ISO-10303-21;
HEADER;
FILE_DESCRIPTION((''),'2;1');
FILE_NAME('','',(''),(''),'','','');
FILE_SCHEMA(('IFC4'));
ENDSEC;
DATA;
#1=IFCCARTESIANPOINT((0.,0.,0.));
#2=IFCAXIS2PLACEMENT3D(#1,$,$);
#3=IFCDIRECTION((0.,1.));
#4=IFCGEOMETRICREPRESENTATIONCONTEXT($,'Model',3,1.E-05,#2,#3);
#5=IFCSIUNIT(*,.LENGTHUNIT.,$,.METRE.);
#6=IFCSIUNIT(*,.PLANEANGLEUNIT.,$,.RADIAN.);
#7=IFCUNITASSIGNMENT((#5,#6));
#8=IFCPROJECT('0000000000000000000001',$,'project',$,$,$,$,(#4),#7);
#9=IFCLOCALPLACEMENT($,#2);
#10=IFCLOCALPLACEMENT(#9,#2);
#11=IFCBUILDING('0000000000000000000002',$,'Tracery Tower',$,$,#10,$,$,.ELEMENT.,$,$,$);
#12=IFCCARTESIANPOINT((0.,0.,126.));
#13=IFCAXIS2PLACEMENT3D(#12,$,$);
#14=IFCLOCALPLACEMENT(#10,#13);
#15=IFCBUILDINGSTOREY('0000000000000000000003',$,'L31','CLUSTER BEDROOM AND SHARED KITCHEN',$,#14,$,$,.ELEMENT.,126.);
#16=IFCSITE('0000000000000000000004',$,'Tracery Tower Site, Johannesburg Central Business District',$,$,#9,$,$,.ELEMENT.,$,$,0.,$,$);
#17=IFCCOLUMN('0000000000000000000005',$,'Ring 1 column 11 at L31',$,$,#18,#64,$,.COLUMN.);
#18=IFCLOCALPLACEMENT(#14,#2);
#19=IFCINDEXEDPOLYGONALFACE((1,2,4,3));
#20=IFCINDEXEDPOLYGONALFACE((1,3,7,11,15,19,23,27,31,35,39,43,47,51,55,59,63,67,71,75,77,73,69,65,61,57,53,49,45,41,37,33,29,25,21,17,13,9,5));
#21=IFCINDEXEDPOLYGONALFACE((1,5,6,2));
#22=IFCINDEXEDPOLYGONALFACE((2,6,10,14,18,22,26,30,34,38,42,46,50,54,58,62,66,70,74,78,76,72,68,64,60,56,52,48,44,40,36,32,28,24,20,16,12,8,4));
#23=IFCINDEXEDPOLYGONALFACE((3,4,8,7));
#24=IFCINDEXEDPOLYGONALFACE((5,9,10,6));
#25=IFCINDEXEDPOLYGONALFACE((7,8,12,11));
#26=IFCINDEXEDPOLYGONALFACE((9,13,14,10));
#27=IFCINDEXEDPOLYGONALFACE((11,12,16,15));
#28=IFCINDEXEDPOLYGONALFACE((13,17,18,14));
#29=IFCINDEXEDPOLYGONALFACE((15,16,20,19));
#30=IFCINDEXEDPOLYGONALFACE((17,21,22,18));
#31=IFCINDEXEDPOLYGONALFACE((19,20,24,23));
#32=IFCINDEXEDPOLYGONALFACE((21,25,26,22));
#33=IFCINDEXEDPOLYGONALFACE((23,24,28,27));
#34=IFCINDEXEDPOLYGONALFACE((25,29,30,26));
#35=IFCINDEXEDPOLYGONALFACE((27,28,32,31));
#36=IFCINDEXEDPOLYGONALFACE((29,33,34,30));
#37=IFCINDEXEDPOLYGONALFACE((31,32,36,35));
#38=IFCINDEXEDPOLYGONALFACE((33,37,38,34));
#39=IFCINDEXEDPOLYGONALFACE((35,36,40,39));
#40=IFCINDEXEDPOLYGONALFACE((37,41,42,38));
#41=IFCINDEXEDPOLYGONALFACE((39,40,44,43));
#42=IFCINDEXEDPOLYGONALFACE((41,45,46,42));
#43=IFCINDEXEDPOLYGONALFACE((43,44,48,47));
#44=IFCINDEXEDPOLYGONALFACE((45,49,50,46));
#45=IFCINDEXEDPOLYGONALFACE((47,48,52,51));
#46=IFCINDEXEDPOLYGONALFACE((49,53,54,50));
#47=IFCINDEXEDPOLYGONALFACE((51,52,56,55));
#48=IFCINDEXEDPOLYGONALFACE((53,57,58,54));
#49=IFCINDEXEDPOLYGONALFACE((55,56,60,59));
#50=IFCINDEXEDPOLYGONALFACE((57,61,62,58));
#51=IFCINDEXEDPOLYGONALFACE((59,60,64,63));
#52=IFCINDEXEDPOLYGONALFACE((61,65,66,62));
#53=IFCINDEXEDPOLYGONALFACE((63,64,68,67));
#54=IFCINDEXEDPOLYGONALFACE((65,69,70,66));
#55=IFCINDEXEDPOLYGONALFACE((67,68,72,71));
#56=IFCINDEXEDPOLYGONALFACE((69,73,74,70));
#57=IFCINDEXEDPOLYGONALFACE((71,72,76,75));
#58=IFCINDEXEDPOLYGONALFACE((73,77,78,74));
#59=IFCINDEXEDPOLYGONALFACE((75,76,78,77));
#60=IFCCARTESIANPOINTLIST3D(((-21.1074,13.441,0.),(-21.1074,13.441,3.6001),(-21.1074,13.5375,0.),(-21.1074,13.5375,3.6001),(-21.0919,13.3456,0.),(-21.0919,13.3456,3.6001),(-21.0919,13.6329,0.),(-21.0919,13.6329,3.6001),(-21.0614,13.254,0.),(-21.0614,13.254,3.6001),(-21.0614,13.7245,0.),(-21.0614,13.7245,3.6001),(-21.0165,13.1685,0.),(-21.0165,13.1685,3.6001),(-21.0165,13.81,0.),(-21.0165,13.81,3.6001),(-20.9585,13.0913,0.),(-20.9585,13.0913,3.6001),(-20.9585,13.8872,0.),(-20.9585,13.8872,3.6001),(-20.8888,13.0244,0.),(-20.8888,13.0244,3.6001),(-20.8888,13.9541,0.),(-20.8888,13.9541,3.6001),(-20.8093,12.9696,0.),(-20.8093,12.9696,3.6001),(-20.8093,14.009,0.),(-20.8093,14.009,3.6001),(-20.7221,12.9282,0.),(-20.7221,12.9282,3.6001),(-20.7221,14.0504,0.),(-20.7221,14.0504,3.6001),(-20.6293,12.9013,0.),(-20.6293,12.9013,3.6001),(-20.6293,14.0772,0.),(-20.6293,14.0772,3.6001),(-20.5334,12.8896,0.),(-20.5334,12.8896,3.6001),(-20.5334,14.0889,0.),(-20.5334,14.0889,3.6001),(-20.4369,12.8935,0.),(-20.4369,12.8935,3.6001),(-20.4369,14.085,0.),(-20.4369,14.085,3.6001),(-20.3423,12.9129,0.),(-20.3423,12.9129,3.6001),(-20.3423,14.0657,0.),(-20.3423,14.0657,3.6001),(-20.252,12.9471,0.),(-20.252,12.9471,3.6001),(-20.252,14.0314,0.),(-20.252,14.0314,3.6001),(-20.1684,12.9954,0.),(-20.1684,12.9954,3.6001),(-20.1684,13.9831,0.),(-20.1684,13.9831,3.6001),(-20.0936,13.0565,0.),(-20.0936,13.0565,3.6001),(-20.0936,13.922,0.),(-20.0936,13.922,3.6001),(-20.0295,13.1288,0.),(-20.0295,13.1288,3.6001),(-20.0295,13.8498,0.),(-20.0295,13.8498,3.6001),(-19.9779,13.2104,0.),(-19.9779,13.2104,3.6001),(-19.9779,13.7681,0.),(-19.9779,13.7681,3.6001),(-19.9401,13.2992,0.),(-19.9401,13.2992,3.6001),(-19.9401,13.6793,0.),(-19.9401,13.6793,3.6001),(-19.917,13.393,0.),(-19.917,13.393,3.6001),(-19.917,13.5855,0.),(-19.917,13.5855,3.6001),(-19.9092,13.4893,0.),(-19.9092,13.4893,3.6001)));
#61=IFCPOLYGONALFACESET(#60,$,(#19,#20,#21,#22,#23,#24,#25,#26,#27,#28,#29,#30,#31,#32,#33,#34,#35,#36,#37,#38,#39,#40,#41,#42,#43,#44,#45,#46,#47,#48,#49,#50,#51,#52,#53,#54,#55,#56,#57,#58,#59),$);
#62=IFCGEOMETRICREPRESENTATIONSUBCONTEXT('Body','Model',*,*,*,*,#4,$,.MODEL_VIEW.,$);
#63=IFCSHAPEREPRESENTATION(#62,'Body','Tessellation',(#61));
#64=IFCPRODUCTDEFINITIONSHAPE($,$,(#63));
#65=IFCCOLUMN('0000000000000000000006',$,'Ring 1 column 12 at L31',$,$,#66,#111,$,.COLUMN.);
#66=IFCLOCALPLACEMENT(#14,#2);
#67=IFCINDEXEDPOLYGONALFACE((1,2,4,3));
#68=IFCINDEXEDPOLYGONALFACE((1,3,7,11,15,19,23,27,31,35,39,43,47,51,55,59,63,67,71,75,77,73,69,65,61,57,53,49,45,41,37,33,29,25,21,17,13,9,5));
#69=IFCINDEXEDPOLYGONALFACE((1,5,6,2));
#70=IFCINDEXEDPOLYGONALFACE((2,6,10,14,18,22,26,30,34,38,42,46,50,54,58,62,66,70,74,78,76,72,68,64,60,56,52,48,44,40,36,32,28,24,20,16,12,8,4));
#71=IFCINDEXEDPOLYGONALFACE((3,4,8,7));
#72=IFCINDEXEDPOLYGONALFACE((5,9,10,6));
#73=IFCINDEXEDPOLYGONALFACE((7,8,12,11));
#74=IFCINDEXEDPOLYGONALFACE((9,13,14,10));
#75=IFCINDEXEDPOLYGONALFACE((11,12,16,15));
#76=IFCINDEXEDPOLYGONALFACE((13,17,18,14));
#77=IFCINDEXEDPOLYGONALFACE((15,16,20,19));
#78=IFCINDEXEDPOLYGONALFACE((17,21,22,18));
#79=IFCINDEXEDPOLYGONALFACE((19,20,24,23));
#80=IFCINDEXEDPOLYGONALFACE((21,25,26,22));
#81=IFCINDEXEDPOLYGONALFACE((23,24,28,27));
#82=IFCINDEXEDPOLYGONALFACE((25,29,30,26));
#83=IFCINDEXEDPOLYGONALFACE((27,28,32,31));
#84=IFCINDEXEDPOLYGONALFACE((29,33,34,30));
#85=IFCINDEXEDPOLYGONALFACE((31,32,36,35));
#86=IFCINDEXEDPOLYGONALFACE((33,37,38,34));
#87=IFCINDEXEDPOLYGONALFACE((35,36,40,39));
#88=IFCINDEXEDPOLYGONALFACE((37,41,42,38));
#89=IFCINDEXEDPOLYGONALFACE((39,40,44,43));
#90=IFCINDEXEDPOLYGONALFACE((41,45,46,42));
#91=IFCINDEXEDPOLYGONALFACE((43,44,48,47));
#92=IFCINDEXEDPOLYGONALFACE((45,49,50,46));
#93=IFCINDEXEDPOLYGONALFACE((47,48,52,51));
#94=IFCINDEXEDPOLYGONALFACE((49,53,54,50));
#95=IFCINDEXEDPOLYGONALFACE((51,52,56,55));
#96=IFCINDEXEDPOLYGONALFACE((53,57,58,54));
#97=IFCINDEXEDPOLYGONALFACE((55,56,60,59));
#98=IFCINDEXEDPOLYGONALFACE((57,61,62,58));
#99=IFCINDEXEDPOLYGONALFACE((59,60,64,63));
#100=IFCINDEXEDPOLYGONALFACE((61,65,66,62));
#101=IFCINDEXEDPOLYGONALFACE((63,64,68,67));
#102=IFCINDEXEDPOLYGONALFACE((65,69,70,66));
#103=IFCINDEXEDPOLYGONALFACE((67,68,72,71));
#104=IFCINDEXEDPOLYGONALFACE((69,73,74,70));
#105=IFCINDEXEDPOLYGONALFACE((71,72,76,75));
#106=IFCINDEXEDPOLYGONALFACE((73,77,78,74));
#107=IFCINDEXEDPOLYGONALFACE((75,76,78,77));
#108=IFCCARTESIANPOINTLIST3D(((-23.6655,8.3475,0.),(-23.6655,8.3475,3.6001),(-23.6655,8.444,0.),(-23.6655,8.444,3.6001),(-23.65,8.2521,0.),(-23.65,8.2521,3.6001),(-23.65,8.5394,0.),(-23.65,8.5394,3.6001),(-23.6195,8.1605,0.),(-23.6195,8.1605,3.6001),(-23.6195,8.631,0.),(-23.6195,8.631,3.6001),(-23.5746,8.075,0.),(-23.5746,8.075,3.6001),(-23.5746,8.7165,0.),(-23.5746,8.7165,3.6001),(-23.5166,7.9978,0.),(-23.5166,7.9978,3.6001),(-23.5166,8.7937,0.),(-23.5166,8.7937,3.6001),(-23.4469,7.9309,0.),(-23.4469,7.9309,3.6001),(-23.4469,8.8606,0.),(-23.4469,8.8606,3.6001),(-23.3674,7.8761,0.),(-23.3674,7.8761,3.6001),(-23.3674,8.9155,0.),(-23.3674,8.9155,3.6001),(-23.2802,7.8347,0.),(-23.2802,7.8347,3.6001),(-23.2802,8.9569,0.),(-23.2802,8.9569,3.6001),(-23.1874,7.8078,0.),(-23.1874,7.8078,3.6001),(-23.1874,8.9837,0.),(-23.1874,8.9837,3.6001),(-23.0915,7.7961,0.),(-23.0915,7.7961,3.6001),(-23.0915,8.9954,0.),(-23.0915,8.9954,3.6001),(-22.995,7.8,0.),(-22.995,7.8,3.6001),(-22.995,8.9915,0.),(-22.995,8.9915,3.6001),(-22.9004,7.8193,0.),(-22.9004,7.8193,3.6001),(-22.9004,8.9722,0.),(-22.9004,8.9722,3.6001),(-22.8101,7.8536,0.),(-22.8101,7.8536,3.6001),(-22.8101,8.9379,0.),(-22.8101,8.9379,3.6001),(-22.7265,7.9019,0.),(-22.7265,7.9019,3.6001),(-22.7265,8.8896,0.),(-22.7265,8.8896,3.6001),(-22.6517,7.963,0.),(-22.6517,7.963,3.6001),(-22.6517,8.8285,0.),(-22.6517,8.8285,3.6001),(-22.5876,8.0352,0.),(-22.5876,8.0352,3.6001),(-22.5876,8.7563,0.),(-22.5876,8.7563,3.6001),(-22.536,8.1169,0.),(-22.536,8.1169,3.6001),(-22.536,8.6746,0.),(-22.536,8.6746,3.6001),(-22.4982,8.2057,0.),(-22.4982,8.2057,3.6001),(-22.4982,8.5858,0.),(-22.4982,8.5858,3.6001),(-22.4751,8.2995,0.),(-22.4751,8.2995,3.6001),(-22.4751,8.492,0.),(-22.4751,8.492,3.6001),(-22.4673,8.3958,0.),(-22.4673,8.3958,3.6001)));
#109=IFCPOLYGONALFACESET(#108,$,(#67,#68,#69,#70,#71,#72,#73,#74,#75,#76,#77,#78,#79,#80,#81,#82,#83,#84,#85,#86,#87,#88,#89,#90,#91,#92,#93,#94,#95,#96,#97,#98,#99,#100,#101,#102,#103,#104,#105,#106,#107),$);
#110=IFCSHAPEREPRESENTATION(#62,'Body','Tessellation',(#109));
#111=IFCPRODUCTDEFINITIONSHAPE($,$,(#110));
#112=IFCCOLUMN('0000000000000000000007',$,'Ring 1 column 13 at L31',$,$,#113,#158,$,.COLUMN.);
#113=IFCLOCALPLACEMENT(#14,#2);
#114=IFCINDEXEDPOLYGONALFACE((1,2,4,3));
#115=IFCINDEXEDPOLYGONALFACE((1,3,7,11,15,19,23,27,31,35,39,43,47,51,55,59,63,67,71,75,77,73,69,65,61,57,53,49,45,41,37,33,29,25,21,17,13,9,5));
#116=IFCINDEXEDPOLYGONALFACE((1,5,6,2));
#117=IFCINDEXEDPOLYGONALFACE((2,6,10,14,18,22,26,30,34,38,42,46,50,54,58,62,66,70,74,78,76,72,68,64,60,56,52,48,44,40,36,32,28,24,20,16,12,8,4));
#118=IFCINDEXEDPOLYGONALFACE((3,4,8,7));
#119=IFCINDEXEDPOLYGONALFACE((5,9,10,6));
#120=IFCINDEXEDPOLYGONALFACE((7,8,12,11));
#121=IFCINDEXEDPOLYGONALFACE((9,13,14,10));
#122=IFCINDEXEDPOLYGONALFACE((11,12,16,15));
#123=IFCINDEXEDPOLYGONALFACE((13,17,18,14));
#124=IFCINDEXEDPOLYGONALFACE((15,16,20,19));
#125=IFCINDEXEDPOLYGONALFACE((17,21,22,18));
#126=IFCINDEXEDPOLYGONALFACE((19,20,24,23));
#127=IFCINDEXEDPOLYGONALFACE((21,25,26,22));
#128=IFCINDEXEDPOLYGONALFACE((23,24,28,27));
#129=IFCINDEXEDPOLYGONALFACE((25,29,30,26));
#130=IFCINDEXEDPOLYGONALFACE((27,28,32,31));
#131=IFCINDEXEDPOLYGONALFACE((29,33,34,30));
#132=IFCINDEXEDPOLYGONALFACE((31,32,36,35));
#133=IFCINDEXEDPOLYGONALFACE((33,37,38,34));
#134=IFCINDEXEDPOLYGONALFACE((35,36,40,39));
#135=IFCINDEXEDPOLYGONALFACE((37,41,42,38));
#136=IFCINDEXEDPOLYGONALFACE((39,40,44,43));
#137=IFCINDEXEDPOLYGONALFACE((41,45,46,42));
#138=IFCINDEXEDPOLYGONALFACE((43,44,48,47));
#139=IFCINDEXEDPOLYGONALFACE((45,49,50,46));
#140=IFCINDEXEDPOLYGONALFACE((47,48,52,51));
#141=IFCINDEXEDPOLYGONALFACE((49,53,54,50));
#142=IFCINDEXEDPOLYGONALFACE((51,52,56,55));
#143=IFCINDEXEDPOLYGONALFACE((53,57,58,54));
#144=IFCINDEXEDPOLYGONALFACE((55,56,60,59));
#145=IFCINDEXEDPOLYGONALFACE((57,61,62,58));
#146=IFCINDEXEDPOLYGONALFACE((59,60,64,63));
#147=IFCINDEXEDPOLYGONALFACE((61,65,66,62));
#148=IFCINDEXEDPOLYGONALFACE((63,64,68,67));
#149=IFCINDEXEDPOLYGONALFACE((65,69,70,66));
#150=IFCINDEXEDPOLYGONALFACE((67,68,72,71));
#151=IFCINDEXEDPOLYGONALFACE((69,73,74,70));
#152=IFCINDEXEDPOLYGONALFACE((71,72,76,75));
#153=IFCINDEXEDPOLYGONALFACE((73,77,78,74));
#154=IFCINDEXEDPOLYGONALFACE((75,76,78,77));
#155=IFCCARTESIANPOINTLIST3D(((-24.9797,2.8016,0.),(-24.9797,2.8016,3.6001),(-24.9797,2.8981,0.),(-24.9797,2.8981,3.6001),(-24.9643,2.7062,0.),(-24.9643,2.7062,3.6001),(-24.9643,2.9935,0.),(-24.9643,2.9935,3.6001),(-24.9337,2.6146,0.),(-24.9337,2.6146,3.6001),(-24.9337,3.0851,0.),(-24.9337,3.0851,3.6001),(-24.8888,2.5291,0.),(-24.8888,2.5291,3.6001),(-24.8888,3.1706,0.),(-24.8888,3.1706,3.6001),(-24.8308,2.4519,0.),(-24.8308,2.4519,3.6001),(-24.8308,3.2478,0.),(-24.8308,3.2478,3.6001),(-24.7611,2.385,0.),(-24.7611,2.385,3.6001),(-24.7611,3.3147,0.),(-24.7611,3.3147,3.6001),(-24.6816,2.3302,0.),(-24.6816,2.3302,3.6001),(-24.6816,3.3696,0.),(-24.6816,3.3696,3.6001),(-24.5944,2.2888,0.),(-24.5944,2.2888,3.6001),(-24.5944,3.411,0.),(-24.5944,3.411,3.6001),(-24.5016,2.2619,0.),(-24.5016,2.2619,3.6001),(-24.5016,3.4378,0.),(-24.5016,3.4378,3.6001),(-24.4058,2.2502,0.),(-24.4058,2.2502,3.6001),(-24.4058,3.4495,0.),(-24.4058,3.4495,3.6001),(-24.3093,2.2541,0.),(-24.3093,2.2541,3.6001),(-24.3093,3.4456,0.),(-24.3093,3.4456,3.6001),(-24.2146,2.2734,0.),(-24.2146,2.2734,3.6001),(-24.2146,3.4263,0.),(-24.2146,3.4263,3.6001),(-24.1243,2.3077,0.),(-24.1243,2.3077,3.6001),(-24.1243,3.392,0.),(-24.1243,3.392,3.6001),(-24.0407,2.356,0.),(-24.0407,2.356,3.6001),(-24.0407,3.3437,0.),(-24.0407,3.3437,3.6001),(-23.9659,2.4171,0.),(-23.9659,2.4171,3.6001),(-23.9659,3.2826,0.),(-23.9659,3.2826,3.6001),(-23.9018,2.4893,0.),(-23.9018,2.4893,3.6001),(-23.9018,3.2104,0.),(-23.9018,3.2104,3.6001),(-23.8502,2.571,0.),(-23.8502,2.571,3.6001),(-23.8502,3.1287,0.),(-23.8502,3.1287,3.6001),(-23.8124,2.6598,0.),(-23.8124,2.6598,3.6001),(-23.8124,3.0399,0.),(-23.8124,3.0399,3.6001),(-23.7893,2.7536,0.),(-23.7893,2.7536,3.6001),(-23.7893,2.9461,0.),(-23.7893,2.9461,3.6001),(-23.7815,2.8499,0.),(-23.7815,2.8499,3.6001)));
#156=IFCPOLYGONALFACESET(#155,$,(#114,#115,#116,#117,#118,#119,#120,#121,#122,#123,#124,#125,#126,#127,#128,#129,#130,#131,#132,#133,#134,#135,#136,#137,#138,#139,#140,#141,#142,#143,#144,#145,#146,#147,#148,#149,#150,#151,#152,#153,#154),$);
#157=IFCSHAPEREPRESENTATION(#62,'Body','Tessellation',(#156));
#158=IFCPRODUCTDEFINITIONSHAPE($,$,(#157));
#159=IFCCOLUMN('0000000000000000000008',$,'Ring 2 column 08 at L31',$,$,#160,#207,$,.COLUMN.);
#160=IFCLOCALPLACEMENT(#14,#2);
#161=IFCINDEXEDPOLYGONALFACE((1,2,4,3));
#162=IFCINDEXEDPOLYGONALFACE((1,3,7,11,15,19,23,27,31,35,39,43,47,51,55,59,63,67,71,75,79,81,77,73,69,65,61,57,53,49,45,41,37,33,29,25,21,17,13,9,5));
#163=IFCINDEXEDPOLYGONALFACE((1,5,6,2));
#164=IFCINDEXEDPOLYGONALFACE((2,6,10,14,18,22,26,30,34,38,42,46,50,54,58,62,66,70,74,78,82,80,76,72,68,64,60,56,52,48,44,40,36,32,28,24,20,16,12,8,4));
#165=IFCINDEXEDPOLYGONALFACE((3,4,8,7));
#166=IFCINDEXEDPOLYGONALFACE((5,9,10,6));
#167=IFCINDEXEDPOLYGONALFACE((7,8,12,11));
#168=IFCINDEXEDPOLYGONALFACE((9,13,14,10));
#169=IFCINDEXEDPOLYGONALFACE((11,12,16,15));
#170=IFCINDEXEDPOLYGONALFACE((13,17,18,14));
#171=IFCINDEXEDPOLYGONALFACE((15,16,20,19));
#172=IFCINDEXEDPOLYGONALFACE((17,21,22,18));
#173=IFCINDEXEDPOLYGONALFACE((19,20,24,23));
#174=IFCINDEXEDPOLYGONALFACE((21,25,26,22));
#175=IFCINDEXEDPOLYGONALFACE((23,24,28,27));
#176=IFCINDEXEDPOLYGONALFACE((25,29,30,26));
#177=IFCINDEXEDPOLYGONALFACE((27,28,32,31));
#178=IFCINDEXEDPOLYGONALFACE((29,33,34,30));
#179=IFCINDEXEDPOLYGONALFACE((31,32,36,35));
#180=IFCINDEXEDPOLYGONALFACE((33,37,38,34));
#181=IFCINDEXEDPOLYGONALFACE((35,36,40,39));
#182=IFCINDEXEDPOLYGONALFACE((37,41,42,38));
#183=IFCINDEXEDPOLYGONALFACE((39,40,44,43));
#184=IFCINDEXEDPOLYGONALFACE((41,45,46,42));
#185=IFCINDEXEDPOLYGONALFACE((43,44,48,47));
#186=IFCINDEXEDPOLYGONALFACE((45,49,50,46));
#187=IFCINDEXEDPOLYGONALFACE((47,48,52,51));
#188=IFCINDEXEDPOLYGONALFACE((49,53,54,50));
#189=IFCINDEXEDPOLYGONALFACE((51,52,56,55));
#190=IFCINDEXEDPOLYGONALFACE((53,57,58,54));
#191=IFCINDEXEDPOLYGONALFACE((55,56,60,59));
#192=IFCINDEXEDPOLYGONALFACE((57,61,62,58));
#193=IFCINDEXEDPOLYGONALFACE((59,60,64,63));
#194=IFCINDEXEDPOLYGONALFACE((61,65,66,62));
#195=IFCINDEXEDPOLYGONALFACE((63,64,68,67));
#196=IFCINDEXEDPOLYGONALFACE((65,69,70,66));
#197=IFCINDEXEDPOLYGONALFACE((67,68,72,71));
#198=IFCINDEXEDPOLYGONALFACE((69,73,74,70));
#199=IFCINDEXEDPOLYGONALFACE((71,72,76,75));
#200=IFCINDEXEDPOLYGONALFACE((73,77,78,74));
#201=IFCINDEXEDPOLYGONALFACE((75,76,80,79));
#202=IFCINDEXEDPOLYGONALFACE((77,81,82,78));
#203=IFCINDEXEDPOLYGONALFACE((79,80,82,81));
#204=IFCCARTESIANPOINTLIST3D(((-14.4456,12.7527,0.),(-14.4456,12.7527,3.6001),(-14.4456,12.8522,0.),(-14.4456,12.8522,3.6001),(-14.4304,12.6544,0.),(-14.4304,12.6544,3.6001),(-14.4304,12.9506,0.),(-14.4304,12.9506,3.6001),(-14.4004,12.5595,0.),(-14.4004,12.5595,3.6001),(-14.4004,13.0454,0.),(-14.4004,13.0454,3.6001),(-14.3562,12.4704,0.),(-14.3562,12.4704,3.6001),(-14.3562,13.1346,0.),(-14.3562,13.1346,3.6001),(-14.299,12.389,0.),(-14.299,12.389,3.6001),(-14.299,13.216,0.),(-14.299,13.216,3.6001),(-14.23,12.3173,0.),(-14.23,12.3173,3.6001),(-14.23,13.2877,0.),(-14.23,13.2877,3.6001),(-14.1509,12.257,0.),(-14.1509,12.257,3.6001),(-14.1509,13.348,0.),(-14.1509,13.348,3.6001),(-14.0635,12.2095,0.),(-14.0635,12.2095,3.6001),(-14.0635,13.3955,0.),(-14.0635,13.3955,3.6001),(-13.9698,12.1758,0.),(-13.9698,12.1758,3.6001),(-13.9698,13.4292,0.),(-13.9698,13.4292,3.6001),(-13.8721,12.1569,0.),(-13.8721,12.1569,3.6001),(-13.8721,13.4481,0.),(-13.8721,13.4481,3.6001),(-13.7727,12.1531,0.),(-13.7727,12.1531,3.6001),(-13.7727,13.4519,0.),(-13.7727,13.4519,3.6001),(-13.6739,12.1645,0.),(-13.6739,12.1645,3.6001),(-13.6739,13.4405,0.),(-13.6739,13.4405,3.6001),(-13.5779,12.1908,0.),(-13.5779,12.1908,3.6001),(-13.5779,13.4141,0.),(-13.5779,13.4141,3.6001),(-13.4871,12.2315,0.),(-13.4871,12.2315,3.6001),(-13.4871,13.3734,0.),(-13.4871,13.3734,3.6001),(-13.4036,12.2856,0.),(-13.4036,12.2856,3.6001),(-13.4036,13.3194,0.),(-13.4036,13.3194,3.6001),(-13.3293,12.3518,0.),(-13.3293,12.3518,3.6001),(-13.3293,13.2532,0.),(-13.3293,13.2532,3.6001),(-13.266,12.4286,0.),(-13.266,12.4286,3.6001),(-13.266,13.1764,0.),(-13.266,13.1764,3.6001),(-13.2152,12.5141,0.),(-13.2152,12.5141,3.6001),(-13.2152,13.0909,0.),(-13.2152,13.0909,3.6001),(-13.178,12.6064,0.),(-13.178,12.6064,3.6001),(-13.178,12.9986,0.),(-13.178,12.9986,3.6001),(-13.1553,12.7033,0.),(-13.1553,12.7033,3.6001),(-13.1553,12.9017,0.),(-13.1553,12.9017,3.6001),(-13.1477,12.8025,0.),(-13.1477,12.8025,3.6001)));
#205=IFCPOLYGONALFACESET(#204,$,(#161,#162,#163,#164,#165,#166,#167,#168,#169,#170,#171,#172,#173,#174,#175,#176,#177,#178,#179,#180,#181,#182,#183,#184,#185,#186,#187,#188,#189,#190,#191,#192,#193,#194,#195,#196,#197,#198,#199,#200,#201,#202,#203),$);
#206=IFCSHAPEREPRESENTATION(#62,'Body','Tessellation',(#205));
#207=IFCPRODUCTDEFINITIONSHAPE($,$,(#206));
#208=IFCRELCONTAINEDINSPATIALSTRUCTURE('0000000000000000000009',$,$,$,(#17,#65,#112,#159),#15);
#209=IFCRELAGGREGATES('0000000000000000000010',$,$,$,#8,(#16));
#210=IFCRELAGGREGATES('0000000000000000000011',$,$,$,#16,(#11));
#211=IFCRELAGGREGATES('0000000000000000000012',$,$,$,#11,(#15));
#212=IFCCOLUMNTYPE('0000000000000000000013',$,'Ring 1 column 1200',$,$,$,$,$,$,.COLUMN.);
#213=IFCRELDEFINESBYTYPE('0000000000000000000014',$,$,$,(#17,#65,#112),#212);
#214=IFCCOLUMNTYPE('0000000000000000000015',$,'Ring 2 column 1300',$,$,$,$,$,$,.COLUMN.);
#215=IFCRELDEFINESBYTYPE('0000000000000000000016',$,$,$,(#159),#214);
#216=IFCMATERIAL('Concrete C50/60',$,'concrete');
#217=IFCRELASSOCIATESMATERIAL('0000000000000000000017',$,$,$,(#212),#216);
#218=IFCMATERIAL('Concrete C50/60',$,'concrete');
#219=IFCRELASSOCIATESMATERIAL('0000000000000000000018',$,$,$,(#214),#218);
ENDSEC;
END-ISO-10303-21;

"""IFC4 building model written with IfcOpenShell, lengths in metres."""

from ifc_helpers import new_model, si_unit, direction, frame, origin, origin_2d, place, context, subcontext, project, spatial, circle, extrude, material, material_profile, profile_set, type_object, element, save


model = new_model("IFC4")

# Units and contexts
model_context = context("Model", 3, precision=1e-05, world=origin(), true_north=direction((0.0, 1.0)))
body_context = subcontext(model_context, "Body", "Model", "MODEL_VIEW")
ifc_project = project(units=[si_unit("LENGTHUNIT", "METRE"), si_unit("PLANEANGLEUNIT", "RADIAN")], contexts=[model_context])

# Site, building, storey
site_placement = place(None, origin())
site = spatial("IfcSite", under=ifc_project, at=site_placement, Name="Tracery Tower Site, Johannesburg Central Business District", CompositionType="ELEMENT", RefElevation=0.0)
building_placement = place(site_placement, origin())
building = spatial("IfcBuilding", under=site, at=building_placement, Name="Tracery Tower", CompositionType="ELEMENT")
storey_placement = place(building_placement, frame((0.0, 0.0, 126.0)))
storey = spatial("IfcBuildingStorey", under=building, at=storey_placement, Name="L31", Description="CLUSTER BEDROOM AND SHARED KITCHEN", CompositionType="ELEMENT", Elevation=126.0)

# Columns
ifc_material_1 = material(Name="Concrete C50/60", Category="concrete")
ifc_material_profile_1 = material_profile(ifc_material_1, circle(Radius=0.6001, at=origin_2d()), Name="RC D1200")
ifc_profile_set_1 = profile_set([ifc_material_profile_1], Name="Concrete C50/60")
column_type_1 = type_object("IfcColumnType", Name="Ring 1 column 1200", PredefinedType="COLUMN", material=ifc_profile_set_1)
for number, where, z_axis, x_axis, name in (
    (1, (-20.5093, 13.4893, 0.0), (0.0, 0.0, 1.0), (1.0, 0.0, 0.0), "Ring 1 column 11 at L31"),
    (2, (-23.0674, 8.3958, 0.0), (0.0, 0.0, 1.0), (1.0, 0.0, 0.0), "Ring 1 column 12 at L31"),
    (3, (-24.3816, 2.8499, 0.0), (0.0, 0.0, 1.0), (1.0, 0.0, 0.0), "Ring 1 column 13 at L31"),
):
    element("IfcColumn", number, at=place(storey_placement, frame(where, z_axis=z_axis, x_axis=x_axis)), inside=storey, type_object=column_type_1, Name=name, PredefinedType="COLUMN", context=body_context, shape_type="SweptSolid", body=[
        extrude(circle(Radius=0.6001, at=origin_2d()), origin(), (0.0, 0.0, 1.0), 3.6001),
    ])
ifc_material_2 = material(Name="Concrete C50/60", Category="concrete")
ifc_material_profile_2 = material_profile(ifc_material_2, circle(Radius=0.6499, at=origin_2d()), Name="RC D1300")
ifc_profile_set_2 = profile_set([ifc_material_profile_2], Name="Concrete C50/60")
column_type_2 = type_object("IfcColumnType", Name="Ring 2 column 1300", PredefinedType="COLUMN", material=ifc_profile_set_2)
for number, where, z_axis, x_axis, name in (
    (4, (-13.7976, 12.8025, 0.0), (0.0, 0.0, 1.0), (1.0, 0.0, 0.0), "Ring 2 column 08 at L31"),
):
    element("IfcColumn", number, at=place(storey_placement, frame(where, z_axis=z_axis, x_axis=x_axis)), inside=storey, type_object=column_type_2, Name=name, PredefinedType="COLUMN", context=body_context, shape_type="SweptSolid", body=[
        extrude(circle(Radius=0.6499, at=origin_2d()), origin(), (0.0, 0.0, 1.0), 3.6001),
    ])

save(model, "model.ifc")
